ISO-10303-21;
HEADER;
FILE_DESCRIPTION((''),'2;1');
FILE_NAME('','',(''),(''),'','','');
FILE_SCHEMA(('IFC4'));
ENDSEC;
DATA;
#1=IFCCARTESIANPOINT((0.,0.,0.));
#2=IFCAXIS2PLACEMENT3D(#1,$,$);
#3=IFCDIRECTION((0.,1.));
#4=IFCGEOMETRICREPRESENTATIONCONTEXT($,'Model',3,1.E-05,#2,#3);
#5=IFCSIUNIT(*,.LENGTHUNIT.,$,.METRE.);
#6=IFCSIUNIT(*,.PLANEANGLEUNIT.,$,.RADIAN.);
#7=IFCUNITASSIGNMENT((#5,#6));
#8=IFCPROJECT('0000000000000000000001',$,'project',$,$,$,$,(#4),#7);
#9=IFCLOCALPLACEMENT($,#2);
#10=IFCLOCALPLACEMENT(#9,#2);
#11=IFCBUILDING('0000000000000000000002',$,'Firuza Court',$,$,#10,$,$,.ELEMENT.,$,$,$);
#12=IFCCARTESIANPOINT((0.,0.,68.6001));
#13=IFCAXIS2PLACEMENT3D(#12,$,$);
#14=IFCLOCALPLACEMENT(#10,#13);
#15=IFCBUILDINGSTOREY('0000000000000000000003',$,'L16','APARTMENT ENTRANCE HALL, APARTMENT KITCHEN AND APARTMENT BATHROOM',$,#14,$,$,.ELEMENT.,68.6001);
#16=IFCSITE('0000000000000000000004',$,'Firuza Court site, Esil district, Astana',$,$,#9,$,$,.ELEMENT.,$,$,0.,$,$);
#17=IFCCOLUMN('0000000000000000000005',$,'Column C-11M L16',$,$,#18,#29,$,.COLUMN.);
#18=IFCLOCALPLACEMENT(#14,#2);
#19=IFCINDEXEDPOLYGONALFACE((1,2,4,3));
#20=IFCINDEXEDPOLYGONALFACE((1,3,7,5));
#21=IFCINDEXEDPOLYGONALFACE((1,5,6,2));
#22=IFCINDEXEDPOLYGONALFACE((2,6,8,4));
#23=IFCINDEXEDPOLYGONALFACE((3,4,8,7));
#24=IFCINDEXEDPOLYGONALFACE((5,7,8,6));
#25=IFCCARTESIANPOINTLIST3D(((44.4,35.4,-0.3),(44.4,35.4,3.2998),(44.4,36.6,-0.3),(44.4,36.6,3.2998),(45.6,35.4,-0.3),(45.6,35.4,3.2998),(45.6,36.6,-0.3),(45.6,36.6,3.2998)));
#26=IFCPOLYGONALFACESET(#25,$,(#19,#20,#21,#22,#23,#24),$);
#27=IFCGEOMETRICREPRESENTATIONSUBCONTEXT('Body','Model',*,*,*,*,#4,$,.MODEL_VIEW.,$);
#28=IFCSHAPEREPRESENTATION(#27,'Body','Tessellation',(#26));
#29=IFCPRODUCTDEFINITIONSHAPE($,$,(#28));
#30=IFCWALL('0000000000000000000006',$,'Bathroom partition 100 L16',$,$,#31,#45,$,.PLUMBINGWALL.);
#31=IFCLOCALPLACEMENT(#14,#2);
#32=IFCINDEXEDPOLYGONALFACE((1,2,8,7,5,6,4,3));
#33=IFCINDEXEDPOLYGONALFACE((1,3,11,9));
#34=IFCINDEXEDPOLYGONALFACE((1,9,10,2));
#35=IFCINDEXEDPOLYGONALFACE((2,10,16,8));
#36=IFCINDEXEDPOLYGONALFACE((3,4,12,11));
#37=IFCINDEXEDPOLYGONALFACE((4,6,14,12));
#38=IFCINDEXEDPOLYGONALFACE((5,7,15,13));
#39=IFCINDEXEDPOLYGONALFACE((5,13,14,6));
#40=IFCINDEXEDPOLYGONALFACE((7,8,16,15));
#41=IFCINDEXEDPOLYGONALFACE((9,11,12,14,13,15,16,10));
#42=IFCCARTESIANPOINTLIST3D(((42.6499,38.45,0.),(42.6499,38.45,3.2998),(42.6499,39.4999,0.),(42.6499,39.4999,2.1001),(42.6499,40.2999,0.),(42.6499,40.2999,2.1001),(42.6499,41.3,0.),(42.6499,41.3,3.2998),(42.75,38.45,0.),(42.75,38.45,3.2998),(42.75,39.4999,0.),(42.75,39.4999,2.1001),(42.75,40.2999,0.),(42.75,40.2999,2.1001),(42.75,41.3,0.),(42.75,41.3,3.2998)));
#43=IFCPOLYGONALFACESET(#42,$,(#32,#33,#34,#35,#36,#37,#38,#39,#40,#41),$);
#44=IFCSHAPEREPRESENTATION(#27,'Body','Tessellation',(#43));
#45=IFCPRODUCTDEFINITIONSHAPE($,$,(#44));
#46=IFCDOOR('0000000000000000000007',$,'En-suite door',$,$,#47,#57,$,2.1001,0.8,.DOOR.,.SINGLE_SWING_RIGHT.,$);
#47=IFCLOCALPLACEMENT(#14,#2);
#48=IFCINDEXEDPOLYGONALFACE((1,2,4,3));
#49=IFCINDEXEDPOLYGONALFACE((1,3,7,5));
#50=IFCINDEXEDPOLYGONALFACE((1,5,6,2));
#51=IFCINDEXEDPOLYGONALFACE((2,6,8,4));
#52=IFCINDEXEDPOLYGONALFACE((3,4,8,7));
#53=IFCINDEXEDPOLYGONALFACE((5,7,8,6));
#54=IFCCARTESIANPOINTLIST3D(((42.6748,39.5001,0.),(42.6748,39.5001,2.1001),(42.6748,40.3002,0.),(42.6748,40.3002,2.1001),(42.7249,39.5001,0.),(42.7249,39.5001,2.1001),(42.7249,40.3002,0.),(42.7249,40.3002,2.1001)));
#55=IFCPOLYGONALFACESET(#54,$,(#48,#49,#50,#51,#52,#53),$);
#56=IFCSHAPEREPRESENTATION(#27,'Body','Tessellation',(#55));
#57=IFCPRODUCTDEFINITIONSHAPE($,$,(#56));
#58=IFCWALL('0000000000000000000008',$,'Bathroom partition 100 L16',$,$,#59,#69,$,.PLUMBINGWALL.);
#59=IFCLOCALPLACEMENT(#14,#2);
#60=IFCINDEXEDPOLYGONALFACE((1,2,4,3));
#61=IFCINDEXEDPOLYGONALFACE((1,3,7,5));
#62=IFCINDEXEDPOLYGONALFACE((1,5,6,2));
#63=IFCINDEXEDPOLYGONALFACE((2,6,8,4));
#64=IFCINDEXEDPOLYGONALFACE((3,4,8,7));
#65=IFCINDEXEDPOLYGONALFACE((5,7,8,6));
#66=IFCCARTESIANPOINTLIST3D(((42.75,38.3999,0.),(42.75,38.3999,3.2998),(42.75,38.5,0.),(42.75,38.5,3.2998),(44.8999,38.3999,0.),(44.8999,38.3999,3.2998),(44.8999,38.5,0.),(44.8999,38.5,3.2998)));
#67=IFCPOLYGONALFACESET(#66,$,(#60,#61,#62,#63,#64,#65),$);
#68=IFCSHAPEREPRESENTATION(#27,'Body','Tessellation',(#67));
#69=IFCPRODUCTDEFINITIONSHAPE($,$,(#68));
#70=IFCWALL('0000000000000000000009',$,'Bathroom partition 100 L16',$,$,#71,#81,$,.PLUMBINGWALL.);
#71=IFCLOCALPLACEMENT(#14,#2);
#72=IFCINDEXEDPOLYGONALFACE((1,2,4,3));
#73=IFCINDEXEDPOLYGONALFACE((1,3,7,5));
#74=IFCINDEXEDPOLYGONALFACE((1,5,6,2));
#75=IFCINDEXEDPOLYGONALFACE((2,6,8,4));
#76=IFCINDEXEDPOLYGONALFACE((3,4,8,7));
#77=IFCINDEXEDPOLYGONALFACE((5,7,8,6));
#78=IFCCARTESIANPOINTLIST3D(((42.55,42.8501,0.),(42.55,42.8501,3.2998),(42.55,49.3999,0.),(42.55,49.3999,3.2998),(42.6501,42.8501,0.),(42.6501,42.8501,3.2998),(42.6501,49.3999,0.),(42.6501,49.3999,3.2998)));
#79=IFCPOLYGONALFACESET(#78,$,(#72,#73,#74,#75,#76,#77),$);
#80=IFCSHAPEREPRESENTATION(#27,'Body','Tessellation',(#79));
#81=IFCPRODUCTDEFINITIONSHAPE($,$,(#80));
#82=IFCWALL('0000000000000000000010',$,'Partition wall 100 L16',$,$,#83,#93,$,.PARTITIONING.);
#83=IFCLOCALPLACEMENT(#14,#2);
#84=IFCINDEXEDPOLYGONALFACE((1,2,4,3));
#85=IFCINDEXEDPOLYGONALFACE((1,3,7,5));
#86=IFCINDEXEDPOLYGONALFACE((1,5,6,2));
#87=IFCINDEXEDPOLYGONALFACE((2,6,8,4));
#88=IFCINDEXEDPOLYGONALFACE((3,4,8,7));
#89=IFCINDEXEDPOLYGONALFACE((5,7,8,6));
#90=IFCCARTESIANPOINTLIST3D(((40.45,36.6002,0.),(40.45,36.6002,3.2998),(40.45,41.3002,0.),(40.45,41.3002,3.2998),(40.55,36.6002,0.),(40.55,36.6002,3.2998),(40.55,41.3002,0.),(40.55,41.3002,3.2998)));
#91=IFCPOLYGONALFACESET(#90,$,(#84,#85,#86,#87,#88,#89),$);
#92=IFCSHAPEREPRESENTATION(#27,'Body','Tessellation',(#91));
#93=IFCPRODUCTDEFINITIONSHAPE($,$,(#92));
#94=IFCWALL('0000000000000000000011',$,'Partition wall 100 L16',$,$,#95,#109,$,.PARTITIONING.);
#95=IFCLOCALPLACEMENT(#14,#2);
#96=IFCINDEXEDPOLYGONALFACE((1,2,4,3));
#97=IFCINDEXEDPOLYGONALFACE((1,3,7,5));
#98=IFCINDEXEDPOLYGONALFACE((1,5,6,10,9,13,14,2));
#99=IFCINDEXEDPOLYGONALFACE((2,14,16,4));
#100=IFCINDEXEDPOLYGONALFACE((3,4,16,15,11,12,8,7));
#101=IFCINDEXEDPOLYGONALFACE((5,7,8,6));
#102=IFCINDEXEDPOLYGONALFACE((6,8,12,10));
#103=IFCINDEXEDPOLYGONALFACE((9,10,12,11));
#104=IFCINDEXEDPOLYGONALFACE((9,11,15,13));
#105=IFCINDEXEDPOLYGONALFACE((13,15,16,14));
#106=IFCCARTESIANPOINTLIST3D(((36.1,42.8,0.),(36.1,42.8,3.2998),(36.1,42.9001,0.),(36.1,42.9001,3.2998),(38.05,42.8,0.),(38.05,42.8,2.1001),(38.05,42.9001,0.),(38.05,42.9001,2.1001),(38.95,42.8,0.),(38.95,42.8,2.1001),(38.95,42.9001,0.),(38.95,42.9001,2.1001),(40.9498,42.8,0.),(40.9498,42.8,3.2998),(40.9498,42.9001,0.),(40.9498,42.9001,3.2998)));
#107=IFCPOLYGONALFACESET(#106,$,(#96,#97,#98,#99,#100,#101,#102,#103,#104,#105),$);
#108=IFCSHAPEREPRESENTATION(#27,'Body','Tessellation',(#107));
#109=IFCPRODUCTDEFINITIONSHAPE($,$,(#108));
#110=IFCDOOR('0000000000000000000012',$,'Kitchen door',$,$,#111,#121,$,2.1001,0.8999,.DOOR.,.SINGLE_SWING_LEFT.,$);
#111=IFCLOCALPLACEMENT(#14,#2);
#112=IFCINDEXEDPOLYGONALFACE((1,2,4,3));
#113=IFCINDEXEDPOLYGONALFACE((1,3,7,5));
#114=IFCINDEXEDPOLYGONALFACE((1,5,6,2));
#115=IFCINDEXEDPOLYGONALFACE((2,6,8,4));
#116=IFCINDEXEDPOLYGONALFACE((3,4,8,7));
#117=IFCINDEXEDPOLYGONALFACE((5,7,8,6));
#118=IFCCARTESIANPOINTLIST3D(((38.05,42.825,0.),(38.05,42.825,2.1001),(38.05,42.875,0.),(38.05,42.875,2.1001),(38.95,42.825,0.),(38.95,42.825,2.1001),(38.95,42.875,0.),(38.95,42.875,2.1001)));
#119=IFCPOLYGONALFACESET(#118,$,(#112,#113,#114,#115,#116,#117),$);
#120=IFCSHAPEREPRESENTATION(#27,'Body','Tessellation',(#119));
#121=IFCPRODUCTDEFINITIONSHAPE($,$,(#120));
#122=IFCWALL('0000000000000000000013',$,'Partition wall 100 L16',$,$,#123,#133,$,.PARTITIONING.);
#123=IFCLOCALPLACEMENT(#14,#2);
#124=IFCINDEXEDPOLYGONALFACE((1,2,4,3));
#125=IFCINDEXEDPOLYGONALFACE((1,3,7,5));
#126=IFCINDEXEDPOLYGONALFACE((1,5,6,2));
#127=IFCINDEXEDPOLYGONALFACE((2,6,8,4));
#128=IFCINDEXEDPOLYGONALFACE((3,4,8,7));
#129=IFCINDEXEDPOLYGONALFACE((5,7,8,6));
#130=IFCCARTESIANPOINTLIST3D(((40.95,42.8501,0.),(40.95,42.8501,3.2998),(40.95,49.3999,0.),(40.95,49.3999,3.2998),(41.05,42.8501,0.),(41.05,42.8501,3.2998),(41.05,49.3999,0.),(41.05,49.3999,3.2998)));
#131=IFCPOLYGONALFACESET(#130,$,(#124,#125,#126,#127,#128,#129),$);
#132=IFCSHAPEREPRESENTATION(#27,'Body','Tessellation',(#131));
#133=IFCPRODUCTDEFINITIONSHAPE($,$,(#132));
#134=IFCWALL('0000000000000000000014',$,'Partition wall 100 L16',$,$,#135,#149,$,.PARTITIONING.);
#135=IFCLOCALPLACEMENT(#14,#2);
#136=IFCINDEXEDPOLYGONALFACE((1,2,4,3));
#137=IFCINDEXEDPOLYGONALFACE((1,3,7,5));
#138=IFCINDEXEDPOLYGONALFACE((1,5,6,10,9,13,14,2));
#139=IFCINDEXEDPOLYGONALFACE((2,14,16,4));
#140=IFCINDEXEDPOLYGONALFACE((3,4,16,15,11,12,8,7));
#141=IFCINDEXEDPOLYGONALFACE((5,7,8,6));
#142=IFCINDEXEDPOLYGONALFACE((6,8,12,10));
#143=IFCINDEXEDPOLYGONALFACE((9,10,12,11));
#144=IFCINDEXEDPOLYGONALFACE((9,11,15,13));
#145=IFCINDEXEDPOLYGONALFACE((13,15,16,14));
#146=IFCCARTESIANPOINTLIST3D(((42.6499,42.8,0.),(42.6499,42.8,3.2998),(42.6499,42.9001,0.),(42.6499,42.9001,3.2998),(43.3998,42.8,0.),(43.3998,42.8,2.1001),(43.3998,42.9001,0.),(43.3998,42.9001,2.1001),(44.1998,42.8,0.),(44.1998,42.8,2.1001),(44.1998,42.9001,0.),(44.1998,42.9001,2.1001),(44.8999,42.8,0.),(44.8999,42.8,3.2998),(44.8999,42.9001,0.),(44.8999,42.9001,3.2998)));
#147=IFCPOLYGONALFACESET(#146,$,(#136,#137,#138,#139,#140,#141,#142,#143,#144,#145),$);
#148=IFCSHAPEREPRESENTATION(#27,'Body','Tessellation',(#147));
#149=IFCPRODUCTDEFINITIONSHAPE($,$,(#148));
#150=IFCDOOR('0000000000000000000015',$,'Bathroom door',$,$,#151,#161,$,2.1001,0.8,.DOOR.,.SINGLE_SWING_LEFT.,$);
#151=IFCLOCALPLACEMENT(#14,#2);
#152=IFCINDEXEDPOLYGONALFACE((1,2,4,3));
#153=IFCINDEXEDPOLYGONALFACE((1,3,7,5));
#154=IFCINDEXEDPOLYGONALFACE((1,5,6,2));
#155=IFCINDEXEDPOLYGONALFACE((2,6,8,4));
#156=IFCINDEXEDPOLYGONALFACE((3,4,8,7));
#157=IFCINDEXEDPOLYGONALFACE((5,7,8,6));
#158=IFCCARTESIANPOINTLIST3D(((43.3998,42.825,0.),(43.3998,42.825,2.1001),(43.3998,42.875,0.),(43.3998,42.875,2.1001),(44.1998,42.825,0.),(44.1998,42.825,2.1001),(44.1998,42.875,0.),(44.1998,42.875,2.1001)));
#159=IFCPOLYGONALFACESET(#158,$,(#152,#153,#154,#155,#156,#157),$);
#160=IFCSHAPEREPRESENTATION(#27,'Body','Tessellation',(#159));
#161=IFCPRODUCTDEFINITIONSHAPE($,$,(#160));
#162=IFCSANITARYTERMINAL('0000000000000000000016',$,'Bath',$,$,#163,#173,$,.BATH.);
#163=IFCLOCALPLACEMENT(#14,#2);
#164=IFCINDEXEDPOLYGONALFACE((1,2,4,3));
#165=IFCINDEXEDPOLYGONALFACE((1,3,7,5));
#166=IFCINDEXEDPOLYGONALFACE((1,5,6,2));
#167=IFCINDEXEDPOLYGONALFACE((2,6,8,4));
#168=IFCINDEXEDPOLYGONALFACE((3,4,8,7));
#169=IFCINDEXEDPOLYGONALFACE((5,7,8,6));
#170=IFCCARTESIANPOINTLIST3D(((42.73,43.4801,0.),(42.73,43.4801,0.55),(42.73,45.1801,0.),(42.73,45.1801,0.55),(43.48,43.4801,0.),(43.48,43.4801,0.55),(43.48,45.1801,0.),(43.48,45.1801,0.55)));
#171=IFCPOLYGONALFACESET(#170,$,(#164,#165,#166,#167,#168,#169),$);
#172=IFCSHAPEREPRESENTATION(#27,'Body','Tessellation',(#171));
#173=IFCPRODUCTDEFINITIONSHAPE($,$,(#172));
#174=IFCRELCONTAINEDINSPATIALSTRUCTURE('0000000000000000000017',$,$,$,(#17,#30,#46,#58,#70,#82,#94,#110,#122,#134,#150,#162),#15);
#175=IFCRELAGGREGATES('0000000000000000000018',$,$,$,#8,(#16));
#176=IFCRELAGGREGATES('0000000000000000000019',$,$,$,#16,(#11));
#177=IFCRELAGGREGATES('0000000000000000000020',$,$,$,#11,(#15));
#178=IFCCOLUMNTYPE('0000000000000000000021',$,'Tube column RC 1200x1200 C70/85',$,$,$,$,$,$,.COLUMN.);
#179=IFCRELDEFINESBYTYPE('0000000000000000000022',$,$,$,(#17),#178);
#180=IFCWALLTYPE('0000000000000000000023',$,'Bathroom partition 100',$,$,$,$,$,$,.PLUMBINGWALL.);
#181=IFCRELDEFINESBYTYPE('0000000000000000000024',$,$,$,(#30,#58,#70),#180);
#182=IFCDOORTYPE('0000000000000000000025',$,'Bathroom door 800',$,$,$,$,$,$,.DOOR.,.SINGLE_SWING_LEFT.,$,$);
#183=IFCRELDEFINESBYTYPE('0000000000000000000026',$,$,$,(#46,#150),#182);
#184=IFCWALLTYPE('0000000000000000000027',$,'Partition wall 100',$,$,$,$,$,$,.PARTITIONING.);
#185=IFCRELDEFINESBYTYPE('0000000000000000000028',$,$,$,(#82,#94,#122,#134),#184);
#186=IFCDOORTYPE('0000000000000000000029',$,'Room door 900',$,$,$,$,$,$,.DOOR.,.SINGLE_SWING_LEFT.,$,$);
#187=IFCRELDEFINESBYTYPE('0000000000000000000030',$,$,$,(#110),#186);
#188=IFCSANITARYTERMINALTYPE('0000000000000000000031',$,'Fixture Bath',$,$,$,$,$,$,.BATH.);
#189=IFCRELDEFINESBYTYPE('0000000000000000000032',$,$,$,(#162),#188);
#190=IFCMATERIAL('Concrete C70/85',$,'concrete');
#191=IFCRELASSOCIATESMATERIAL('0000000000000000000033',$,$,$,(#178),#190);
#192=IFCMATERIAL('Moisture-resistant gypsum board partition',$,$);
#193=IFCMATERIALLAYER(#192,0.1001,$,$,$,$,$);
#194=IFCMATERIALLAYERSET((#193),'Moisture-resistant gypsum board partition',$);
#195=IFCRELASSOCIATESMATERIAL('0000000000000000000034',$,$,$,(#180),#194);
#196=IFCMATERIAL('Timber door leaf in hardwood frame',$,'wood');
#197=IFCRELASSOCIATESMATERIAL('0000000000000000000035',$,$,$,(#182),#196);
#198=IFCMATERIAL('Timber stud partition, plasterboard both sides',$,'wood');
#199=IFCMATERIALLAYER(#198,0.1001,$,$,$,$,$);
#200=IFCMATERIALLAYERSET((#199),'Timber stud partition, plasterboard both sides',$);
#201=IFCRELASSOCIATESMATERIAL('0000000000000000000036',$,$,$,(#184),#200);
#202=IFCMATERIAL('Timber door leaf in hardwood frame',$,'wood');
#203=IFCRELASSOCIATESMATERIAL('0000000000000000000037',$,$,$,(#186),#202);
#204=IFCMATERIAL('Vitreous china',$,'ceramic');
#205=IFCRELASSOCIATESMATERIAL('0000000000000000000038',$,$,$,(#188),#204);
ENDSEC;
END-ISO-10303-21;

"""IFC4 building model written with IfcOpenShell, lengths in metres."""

from ifc_helpers import new_model, si_unit, direction, frame, frame_2d, origin, origin_2d, place, context, subcontext, project, spatial, rectangle, extrude, material, layer, layer_set, material_profile, profile_set, type_object, element, fill, save


model = new_model("IFC4")

# Units and contexts
model_context = context("Model", 3, precision=1e-05, world=origin(), true_north=direction((0.0, 1.0)))
body_context = subcontext(model_context, "Body", "Model", "MODEL_VIEW")
ifc_project = project(units=[si_unit("LENGTHUNIT", "METRE"), si_unit("PLANEANGLEUNIT", "RADIAN")], contexts=[model_context])

# Site, building, storey
site_placement = place(None, origin())
site = spatial("IfcSite", under=ifc_project, at=site_placement, Name="Firuza Court site, Esil district, Astana", CompositionType="ELEMENT", RefElevation=0.0)
building_placement = place(site_placement, origin())
building = spatial("IfcBuilding", under=site, at=building_placement, Name="Firuza Court", CompositionType="ELEMENT")
storey_placement = place(building_placement, frame((0.0, 0.0, 68.6001)))
storey = spatial("IfcBuildingStorey", under=building, at=storey_placement, Name="L16", Description="APARTMENT ENTRANCE HALL, APARTMENT KITCHEN AND APARTMENT BATHROOM", CompositionType="ELEMENT", Elevation=68.6001)

# Column
ifc_material_1 = material(Name="Concrete C70/85", Category="concrete")
ifc_material_profile = material_profile(ifc_material_1, rectangle(XDim=1.2, YDim=1.2, at=origin_2d()), Name="RC 1200x1200")
ifc_profile_set = profile_set([ifc_material_profile], Name="Concrete C70/85")
column_type = type_object("IfcColumnType", Name="Tube column RC 1200x1200 C70/85", PredefinedType="COLUMN", material=ifc_profile_set)
column_placement = place(storey_placement, frame((45.0, 36.0, -0.3), z_axis=(0.0, 0.0, 1.0), x_axis=(1.0, 0.0, 0.0)))
element("IfcColumn", 1, at=column_placement, inside=storey, type_object=column_type, Name="Column C-11M L16", PredefinedType="COLUMN", context=body_context, shape_type="SweptSolid", body=[
    extrude(rectangle(XDim=1.2, YDim=1.2, at=origin_2d()), origin(), (0.0, 0.0, 1.0), 3.5999),
])

# Wall, opening, door
ifc_material_2 = material(Name="Moisture-resistant gypsum board partition")
ifc_layer_1 = layer(ifc_material_2, 0.1001)
ifc_layer_set_1 = layer_set([ifc_layer_1], Name="Moisture-resistant gypsum board partition")
wall_type_1 = type_object("IfcWallType", Name="Bathroom partition 100", PredefinedType="PLUMBINGWALL", material=ifc_layer_set_1)
wall_1_placement = place(storey_placement, frame((42.7, 38.45, 0.0), z_axis=(0.0, 0.0, 1.0), x_axis=(0.0, 1.0, 0.0)))
wall_1 = element("IfcWall", 2, at=wall_1_placement, inside=storey, type_object=wall_type_1, Name="Bathroom partition 100 L16", PredefinedType="PLUMBINGWALL", context=body_context, shape_type="SweptSolid", body=[
    extrude(rectangle(XDim=2.8501, YDim=0.1001, at=frame_2d((1.425, 0.0))), origin(), (0.0, 0.0, 1.0), 3.2998),
])
opening_1_placement = place(wall_1_placement, frame((1.05, 0.0, 0.0)))
opening_1 = element("IfcOpeningElement", 3, at=opening_1_placement, cuts=wall_1, PredefinedType="OPENING", context=body_context, shape_type="SweptSolid", body=[
    extrude(rectangle(XDim=0.8, YDim=2.1001, at=frame_2d((0.3999, 1.05))), frame((0.0, 0.062, 0.0), z_axis=(0.0, -1.0, 0.0), x_axis=(1.0, 0.0, 0.0)), (0.0, 0.0, 1.0), 0.124),
])
ifc_material_3 = material(Name="Timber door leaf in hardwood frame", Category="wood")
door_type_1 = type_object("IfcDoorType", Name="Bathroom door 800", OperationType="SINGLE_SWING_LEFT", PredefinedType="DOOR", material=ifc_material_3)
door_1_placement = place(opening_1_placement, frame((0.8, 0.0, 0.0), z_axis=(0.0, 0.0, 1.0), x_axis=(-1.0, 0.0, 0.0)))
door_1 = element("IfcDoor", 4, at=door_1_placement, inside=storey, type_object=door_type_1, Name="En-suite door", OperationType="SINGLE_SWING_RIGHT", OverallHeight=2.1001, OverallWidth=0.8, PredefinedType="DOOR", context=body_context, shape_type="SweptSolid", body=[
    extrude(rectangle(XDim=0.8, YDim=2.1001, at=frame_2d((0.3999, 1.05))), frame((0.0, 0.0249, 0.0), z_axis=(0.0, -1.0, 0.0), x_axis=(1.0, 0.0, 0.0)), (0.0, 0.0, 1.0), 0.05),
])
fill(opening_1, door_1)

# Walls
wall_2_placement = place(storey_placement, frame((42.75, 38.45, 0.0), z_axis=(0.0, 0.0, 1.0), x_axis=(1.0, 0.0, 0.0)))
element("IfcWall", 5, at=wall_2_placement, inside=storey, type_object=wall_type_1, Name="Bathroom partition 100 L16", PredefinedType="PLUMBINGWALL", context=body_context, shape_type="SweptSolid", body=[
    extrude(rectangle(XDim=2.1499, YDim=0.1001, at=frame_2d((1.075, 0.0))), origin(), (0.0, 0.0, 1.0), 3.2998),
])
wall_3_placement = place(storey_placement, frame((42.6001, 42.8501, 0.0), z_axis=(0.0, 0.0, 1.0), x_axis=(0.0, 1.0, 0.0)))
element("IfcWall", 6, at=wall_3_placement, inside=storey, type_object=wall_type_1, Name="Bathroom partition 100 L16", PredefinedType="PLUMBINGWALL", context=body_context, shape_type="SweptSolid", body=[
    extrude(rectangle(XDim=6.5498, YDim=0.1001, at=frame_2d((3.2749, 0.0))), origin(), (0.0, 0.0, 1.0), 3.2998),
])
ifc_material_4 = material(Name="Timber stud partition, plasterboard both sides", Category="wood")
ifc_layer_2 = layer(ifc_material_4, 0.1001)
ifc_layer_set_2 = layer_set([ifc_layer_2], Name="Timber stud partition, plasterboard both sides")
wall_type_2 = type_object("IfcWallType", Name="Partition wall 100", PredefinedType="PARTITIONING", material=ifc_layer_set_2)
wall_4_placement = place(storey_placement, frame((40.5, 36.6001, 0.0), z_axis=(0.0, 0.0, 1.0), x_axis=(0.0, 1.0, 0.0)))
element("IfcWall", 7, at=wall_4_placement, inside=storey, type_object=wall_type_2, Name="Partition wall 100 L16", PredefinedType="PARTITIONING", context=body_context, shape_type="SweptSolid", body=[
    extrude(rectangle(XDim=4.7, YDim=0.1001, at=frame_2d((2.3501, 0.0))), origin(), (0.0, 0.0, 1.0), 3.2998),
])

# Wall, opening, door
wall_5_placement = place(storey_placement, frame((36.1001, 42.8501, 0.0), z_axis=(0.0, 0.0, 1.0), x_axis=(1.0, 0.0, 0.0)))
wall_5 = element("IfcWall", 8, at=wall_5_placement, inside=storey, type_object=wall_type_2, Name="Partition wall 100 L16", PredefinedType="PARTITIONING", context=body_context, shape_type="SweptSolid", body=[
    extrude(rectangle(XDim=4.8499, YDim=0.1001, at=frame_2d((2.4248, 0.0))), origin(), (0.0, 0.0, 1.0), 3.2998),
])
opening_2_placement = place(wall_5_placement, frame((1.95, 0.0, 0.0)))
opening_2 = element("IfcOpeningElement", 9, at=opening_2_placement, cuts=wall_5, PredefinedType="OPENING", context=body_context, shape_type="SweptSolid", body=[
    extrude(rectangle(XDim=0.8999, YDim=2.1001, at=frame_2d((0.45, 1.05))), frame((0.0, 0.062, 0.0), z_axis=(0.0, -1.0, 0.0), x_axis=(1.0, 0.0, 0.0)), (0.0, 0.0, 1.0), 0.124),
])
ifc_material_5 = material(Name="Timber door leaf in hardwood frame", Category="wood")
door_type_2 = type_object("IfcDoorType", Name="Room door 900", OperationType="SINGLE_SWING_LEFT", PredefinedType="DOOR", material=ifc_material_5)
door_2_placement = place(opening_2_placement, origin())
door_2 = element("IfcDoor", 10, at=door_2_placement, inside=storey, type_object=door_type_2, Name="Kitchen door", OperationType="SINGLE_SWING_LEFT", OverallHeight=2.1001, OverallWidth=0.8999, PredefinedType="DOOR", context=body_context, shape_type="SweptSolid", body=[
    extrude(rectangle(XDim=0.8999, YDim=2.1001, at=frame_2d((0.45, 1.05))), frame((0.0, 0.0249, 0.0), z_axis=(0.0, -1.0, 0.0), x_axis=(1.0, 0.0, 0.0)), (0.0, 0.0, 1.0), 0.05),
])
fill(opening_2, door_2)

# Wall
wall_6_placement = place(storey_placement, frame((41.0, 42.8501, 0.0), z_axis=(0.0, 0.0, 1.0), x_axis=(0.0, 1.0, 0.0)))
element("IfcWall", 11, at=wall_6_placement, inside=storey, type_object=wall_type_2, Name="Partition wall 100 L16", PredefinedType="PARTITIONING", context=body_context, shape_type="SweptSolid", body=[
    extrude(rectangle(XDim=6.5498, YDim=0.1001, at=frame_2d((3.2749, 0.0))), origin(), (0.0, 0.0, 1.0), 3.2998),
])

# Wall, opening, door
wall_7_placement = place(storey_placement, frame((42.6499, 42.8501, 0.0), z_axis=(0.0, 0.0, 1.0), x_axis=(1.0, 0.0, 0.0)))
wall_7 = element("IfcWall", 12, at=wall_7_placement, inside=storey, type_object=wall_type_2, Name="Partition wall 100 L16", PredefinedType="PARTITIONING", context=body_context, shape_type="SweptSolid", body=[
    extrude(rectangle(XDim=2.25, YDim=0.1001, at=frame_2d((1.125, 0.0))), origin(), (0.0, 0.0, 1.0), 3.2998),
])
opening_3_placement = place(wall_7_placement, frame((0.75, 0.0, 0.0)))
opening_3 = element("IfcOpeningElement", 13, at=opening_3_placement, cuts=wall_7, PredefinedType="OPENING", context=body_context, shape_type="SweptSolid", body=[
    extrude(rectangle(XDim=0.8, YDim=2.1001, at=frame_2d((0.3999, 1.05))), frame((0.0, 0.062, 0.0), z_axis=(0.0, -1.0, 0.0), x_axis=(1.0, 0.0, 0.0)), (0.0, 0.0, 1.0), 0.124),
])
door_3_placement = place(opening_3_placement, origin())
door_3 = element("IfcDoor", 14, at=door_3_placement, inside=storey, type_object=door_type_1, Name="Bathroom door", OperationType="SINGLE_SWING_LEFT", OverallHeight=2.1001, OverallWidth=0.8, PredefinedType="DOOR", context=body_context, shape_type="SweptSolid", body=[
    extrude(rectangle(XDim=0.8, YDim=2.1001, at=frame_2d((0.3999, 1.05))), frame((0.0, 0.0249, 0.0), z_axis=(0.0, -1.0, 0.0), x_axis=(1.0, 0.0, 0.0)), (0.0, 0.0, 1.0), 0.05),
])
fill(opening_3, door_3)

# Sanitary terminal
ifc_material_6 = material(Name="Vitreous china", Category="ceramic")
sanitary_terminal_type_1 = type_object("IfcSanitaryTerminalType", Name="Fixture Bath", PredefinedType="BATH", material=ifc_material_6)
for number, where, z_axis, x_axis, name in (
    (15, (43.105, 44.3301, 0.0), (0.0, 0.0, 1.0), (1.0, 0.0, 0.0), "Bath"),
):
    element("IfcSanitaryTerminal", number, at=place(storey_placement, frame(where, z_axis=z_axis, x_axis=x_axis)), inside=storey, type_object=sanitary_terminal_type_1, Name=name, PredefinedType="BATH", context=body_context, shape_type="SweptSolid", body=[
        extrude(rectangle(XDim=0.75, YDim=1.7, at=origin_2d()), origin(), (0.0, 0.0, 1.0), 0.55),
    ])

save(model, "model.ifc")
